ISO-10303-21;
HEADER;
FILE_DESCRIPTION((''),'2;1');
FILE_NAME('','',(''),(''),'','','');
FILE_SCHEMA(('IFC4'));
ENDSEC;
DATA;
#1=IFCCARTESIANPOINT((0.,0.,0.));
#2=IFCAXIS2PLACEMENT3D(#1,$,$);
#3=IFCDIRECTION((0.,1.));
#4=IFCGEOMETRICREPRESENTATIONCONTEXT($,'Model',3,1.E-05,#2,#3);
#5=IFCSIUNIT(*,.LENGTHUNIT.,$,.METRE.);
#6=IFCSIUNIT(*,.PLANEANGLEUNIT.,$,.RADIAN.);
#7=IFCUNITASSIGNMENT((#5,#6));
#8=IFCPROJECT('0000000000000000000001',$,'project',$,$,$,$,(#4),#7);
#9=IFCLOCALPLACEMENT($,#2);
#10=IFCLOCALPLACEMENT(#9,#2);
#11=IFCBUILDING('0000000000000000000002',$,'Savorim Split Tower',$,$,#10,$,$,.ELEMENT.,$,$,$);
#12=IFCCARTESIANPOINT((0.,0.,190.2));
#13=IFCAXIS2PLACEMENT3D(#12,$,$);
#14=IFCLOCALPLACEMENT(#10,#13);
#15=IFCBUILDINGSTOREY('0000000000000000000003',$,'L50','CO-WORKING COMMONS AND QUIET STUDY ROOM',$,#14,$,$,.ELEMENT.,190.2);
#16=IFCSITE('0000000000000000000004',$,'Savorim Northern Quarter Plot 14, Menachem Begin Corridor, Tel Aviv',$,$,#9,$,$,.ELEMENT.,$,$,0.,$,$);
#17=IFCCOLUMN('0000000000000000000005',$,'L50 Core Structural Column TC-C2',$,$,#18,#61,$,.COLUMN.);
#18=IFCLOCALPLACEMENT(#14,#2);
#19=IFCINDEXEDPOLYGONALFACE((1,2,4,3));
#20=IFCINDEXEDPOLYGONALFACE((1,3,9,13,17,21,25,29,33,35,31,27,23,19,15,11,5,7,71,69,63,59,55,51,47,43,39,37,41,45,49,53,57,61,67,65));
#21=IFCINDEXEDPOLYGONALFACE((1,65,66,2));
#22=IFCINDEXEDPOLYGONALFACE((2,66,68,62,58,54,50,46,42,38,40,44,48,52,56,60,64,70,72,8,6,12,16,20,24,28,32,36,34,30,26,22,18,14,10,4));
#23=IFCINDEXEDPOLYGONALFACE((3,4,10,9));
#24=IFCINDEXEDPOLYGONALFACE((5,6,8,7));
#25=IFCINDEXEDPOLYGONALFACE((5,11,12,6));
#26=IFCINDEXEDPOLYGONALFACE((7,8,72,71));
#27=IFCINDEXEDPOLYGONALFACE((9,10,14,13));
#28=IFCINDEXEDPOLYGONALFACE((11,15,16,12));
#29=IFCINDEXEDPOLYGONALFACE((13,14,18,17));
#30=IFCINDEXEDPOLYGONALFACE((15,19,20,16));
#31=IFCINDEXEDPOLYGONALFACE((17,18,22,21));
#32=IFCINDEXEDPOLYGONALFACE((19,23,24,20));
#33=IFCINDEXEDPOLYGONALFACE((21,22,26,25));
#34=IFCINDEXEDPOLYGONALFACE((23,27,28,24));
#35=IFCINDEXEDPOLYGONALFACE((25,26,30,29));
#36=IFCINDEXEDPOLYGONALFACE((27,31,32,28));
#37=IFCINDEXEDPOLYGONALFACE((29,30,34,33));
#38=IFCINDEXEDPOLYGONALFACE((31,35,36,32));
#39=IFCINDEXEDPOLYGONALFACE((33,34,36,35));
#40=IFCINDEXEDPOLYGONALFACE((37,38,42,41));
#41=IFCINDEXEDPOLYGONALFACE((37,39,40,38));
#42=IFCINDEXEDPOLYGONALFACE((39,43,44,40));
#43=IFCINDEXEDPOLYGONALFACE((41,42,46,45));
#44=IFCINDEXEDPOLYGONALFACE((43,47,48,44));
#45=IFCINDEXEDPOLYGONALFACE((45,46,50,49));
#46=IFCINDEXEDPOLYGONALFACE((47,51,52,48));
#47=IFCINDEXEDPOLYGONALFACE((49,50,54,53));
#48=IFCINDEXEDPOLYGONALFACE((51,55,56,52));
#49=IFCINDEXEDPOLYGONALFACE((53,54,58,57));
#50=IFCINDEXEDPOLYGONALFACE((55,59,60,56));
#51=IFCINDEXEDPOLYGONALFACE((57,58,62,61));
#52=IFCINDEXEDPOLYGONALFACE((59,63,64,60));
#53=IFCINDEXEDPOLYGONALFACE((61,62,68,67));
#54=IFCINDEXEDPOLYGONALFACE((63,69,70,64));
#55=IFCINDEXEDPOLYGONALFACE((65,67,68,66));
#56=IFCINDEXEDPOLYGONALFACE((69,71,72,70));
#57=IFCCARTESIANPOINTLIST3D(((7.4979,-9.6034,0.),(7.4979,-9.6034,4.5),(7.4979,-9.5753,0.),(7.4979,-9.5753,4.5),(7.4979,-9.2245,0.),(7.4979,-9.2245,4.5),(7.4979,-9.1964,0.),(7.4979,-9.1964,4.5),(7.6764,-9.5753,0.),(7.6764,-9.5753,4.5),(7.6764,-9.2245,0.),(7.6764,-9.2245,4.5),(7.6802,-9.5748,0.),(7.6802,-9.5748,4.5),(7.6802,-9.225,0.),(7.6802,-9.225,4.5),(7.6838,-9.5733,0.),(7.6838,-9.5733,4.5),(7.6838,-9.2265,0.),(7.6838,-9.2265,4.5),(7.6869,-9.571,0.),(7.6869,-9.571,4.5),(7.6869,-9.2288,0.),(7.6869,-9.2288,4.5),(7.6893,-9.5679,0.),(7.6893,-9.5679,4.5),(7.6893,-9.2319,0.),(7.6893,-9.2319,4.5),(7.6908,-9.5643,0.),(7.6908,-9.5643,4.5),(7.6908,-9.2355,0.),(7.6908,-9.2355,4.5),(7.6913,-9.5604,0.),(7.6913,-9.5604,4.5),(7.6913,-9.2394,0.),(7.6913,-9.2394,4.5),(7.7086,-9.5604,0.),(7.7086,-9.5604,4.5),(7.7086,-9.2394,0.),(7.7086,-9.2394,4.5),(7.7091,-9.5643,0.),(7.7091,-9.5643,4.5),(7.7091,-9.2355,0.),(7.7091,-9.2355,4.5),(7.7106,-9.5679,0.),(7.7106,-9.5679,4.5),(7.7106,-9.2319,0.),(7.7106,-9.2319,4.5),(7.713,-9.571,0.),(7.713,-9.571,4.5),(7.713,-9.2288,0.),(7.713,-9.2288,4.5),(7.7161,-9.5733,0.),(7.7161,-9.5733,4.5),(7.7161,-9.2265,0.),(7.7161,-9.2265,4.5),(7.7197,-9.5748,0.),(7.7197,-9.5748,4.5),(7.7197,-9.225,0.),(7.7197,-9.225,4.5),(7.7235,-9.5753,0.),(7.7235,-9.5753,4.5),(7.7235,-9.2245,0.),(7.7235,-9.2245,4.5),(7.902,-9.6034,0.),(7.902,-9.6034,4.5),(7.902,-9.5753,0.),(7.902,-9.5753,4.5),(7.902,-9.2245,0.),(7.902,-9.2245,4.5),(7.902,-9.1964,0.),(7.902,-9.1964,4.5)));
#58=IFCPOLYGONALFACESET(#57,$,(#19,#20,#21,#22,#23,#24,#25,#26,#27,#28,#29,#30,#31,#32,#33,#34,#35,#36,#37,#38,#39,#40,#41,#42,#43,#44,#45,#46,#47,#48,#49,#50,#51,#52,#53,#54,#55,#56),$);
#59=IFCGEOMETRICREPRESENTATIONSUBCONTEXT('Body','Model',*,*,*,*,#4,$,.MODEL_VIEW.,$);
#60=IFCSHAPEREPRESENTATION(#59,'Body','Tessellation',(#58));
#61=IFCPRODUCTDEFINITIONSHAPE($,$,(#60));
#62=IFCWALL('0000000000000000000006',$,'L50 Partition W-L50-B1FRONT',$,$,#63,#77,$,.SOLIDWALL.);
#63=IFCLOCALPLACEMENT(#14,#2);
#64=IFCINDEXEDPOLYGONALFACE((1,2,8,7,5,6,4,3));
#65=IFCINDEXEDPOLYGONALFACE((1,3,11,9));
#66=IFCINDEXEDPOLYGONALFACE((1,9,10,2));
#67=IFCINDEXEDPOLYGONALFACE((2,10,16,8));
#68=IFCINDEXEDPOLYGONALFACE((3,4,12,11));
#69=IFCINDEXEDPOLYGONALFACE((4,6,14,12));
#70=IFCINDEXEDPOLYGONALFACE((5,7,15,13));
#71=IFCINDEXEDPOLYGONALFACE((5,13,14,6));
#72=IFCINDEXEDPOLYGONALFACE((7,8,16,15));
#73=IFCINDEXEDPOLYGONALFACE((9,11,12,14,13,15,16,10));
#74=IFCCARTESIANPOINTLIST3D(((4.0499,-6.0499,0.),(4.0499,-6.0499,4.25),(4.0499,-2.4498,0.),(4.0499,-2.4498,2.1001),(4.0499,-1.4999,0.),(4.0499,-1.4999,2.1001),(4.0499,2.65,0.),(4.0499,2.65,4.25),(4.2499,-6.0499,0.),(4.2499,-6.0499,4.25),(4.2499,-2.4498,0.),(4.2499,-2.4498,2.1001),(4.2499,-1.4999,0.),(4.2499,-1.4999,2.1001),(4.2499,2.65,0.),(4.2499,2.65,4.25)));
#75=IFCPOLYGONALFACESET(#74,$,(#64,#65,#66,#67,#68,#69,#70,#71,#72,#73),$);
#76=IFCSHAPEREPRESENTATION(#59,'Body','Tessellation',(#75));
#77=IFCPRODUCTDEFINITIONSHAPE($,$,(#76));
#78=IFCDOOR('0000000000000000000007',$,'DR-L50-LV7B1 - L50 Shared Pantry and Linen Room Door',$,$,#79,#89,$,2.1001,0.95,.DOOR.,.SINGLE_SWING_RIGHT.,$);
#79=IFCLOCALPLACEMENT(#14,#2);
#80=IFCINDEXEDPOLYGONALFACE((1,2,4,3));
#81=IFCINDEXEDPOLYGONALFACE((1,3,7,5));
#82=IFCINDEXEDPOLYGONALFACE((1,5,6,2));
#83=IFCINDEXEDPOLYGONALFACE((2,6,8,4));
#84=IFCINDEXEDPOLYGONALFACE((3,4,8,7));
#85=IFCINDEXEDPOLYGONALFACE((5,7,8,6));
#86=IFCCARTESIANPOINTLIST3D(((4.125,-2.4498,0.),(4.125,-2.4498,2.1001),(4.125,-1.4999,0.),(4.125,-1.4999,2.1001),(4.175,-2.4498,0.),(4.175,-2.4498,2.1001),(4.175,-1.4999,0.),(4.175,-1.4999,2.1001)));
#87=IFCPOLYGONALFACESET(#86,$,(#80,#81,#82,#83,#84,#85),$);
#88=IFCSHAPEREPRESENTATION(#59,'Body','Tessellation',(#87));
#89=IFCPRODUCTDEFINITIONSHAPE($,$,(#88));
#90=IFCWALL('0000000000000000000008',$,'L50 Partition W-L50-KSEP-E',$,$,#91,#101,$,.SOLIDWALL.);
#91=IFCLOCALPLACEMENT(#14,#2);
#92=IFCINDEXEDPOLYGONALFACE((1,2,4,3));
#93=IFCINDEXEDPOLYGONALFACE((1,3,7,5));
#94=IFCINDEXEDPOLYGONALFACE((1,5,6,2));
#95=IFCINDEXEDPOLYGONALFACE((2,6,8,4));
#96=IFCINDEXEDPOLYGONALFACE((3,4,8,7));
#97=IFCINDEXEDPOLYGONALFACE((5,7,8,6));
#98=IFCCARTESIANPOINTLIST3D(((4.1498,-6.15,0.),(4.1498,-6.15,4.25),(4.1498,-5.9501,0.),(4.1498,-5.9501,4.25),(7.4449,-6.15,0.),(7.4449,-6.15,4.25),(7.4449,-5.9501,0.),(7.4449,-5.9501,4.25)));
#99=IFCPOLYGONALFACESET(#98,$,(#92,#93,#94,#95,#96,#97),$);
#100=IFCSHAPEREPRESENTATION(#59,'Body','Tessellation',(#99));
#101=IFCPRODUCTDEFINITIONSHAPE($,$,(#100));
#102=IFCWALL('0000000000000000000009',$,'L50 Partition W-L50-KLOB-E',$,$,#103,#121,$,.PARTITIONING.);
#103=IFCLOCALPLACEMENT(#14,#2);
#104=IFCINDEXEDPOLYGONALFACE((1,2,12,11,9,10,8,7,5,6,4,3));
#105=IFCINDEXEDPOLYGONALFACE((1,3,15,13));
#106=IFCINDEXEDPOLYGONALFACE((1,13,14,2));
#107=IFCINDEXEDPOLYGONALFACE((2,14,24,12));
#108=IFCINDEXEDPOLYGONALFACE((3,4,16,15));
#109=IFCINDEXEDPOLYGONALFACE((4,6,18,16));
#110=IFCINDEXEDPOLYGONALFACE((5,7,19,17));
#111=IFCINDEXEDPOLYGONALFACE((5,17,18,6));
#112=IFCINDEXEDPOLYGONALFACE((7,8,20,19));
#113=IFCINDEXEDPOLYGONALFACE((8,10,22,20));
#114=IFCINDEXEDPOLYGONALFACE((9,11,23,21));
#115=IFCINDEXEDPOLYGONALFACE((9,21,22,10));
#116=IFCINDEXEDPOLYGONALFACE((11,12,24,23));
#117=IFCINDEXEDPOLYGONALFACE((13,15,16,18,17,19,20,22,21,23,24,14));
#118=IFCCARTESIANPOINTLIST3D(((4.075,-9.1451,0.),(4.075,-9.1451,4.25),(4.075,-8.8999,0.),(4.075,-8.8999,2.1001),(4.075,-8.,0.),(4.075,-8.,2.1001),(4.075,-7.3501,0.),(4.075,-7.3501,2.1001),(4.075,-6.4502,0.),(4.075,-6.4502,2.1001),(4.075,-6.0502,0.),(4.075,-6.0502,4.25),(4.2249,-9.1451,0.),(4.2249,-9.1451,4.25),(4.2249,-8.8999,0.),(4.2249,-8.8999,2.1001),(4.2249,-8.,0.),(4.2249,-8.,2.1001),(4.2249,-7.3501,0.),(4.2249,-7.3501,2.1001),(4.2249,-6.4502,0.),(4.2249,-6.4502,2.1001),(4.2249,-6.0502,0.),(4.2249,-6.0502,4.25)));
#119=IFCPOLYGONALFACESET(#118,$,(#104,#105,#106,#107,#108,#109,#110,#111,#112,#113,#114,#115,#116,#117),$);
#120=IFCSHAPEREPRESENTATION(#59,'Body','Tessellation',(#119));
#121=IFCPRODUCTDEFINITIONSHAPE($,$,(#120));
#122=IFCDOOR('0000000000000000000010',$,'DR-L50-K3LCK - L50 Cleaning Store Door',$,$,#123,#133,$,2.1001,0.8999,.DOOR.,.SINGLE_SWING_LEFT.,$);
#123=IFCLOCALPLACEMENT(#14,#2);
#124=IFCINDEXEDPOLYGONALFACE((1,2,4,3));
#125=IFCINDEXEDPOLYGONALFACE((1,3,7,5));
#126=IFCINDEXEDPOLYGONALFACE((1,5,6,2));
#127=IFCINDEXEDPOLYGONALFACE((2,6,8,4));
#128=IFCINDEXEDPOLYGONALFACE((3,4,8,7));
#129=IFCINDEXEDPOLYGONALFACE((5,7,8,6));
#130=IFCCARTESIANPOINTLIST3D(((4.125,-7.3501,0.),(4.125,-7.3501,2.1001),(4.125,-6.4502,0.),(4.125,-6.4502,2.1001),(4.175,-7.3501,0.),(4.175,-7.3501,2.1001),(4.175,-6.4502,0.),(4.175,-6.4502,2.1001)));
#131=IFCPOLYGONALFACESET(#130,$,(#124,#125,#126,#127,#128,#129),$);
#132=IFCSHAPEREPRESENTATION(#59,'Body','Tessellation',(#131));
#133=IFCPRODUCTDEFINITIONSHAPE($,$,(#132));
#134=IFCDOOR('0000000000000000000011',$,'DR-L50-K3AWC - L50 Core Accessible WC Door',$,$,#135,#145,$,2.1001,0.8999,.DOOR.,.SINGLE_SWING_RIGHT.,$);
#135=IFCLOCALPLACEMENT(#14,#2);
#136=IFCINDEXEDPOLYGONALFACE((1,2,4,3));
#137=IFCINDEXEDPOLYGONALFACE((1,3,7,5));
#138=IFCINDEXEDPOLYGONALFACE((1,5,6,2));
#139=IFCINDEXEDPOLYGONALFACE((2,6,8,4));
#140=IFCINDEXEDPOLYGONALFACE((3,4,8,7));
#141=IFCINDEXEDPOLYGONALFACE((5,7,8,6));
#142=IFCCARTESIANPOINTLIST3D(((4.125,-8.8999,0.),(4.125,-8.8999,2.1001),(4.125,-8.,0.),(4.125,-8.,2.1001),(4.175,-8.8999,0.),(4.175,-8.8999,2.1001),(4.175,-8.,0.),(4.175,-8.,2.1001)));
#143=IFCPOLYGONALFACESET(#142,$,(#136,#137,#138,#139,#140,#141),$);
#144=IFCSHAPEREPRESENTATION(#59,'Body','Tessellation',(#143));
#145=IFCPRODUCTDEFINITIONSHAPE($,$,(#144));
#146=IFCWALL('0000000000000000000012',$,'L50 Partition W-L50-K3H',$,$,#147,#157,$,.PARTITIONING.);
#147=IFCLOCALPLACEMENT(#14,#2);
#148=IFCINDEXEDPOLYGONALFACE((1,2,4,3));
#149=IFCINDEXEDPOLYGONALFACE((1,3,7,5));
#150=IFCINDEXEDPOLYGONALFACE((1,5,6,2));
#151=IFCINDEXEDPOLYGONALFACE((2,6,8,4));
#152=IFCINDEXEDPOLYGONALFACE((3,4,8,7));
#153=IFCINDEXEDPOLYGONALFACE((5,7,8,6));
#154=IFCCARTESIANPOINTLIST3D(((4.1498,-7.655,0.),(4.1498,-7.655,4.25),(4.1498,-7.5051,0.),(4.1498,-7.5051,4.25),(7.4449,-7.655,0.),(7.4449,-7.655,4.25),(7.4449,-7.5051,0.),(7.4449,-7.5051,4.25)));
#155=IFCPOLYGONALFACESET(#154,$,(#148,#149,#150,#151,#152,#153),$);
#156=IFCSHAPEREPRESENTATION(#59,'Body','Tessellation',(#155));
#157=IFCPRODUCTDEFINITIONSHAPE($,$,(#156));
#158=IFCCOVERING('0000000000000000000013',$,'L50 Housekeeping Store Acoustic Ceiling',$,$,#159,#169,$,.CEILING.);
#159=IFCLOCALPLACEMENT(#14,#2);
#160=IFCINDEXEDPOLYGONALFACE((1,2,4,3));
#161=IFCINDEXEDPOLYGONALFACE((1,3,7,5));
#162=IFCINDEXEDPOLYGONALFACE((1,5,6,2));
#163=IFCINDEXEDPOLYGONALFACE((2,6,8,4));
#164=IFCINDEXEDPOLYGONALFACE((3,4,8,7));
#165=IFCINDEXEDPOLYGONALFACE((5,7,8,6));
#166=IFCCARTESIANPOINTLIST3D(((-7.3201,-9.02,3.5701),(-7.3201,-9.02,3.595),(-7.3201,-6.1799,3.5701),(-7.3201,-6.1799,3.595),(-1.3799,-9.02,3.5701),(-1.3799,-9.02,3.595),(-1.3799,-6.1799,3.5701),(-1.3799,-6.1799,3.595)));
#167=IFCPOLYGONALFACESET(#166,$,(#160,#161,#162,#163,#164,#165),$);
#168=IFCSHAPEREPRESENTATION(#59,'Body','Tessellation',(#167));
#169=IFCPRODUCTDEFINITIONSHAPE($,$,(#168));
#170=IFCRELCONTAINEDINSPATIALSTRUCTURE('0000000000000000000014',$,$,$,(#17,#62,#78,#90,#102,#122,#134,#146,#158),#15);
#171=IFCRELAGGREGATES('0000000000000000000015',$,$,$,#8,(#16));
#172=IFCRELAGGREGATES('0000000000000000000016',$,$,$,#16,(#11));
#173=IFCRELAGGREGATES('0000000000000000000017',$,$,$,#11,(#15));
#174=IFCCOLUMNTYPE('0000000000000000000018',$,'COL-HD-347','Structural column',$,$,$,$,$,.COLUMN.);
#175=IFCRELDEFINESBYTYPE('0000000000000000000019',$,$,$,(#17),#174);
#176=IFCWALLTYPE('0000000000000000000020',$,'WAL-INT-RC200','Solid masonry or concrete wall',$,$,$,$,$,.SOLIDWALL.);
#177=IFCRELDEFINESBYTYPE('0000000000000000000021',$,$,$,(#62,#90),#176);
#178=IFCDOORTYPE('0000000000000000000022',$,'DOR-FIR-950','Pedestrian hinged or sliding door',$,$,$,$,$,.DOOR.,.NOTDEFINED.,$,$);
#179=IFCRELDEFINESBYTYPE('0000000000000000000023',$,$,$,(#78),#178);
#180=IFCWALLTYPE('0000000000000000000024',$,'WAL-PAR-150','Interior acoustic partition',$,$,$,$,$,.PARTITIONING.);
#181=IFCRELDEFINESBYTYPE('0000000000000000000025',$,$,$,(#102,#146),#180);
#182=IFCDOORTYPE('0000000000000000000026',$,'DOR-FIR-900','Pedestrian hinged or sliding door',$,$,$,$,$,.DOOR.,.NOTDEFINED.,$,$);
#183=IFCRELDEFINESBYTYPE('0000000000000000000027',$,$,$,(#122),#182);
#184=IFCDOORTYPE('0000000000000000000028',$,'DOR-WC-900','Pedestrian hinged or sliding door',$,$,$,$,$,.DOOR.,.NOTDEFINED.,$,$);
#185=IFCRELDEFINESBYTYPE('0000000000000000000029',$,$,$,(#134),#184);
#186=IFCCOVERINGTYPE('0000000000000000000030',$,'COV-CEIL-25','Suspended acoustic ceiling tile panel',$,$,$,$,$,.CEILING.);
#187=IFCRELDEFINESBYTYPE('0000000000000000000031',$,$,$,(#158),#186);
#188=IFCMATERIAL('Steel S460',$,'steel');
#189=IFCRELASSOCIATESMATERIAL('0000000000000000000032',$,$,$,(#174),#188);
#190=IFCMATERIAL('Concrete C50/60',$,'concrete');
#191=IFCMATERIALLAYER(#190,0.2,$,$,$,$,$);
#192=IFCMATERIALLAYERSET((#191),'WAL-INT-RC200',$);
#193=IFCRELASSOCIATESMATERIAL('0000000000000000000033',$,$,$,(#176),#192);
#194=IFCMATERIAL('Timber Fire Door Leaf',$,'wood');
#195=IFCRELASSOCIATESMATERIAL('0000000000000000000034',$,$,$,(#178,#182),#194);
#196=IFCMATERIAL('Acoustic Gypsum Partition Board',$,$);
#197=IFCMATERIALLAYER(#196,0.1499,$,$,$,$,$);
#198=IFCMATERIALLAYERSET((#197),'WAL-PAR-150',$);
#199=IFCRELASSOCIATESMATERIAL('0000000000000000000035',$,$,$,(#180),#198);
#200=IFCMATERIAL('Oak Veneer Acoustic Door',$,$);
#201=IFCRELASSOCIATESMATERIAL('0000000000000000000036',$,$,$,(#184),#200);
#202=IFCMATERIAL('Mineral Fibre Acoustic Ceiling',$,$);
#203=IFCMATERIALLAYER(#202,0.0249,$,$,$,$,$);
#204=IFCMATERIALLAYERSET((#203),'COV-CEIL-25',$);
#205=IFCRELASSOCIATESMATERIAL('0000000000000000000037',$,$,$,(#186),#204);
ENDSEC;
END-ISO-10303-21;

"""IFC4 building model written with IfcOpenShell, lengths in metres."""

from ifc_helpers import new_model, si_unit, direction, frame, frame_2d, origin, origin_2d, place, context, subcontext, project, spatial, polyline, rectangle, i_section, outline, extrude, material, layer, layer_set, material_profile, profile_set, type_object, element, fill, save


model = new_model("IFC4")

# Units and contexts
model_context = context("Model", 3, precision=1e-05, world=origin(), true_north=direction((0.0, 1.0)))
body_context = subcontext(model_context, "Body", "Model", "MODEL_VIEW")
ifc_project = project(units=[si_unit("LENGTHUNIT", "METRE"), si_unit("PLANEANGLEUNIT", "RADIAN")], contexts=[model_context])

# Site, building, storey
site_placement = place(None, origin())
site = spatial("IfcSite", under=ifc_project, at=site_placement, Name="Savorim Northern Quarter Plot 14, Menachem Begin Corridor, Tel Aviv", CompositionType="ELEMENT", RefElevation=0.0)
building_placement = place(site_placement, origin())
building = spatial("IfcBuilding", under=site, at=building_placement, Name="Savorim Split Tower", CompositionType="ELEMENT")
storey_placement = place(building_placement, frame((0.0, 0.0, 190.2)))
storey = spatial("IfcBuildingStorey", under=building, at=storey_placement, Name="L50", Description="CO-WORKING COMMONS AND QUIET STUDY ROOM", CompositionType="ELEMENT", Elevation=190.2)

# Column
ifc_material_1 = material(Name="Steel S460", Category="steel")
ifc_material_profile = material_profile(ifc_material_1, i_section(OverallWidth=0.4041, OverallDepth=0.407, WebThickness=0.0173, FlangeThickness=0.0281, FilletRadius=0.0149, at=origin_2d()), Name="HD 400x347")
ifc_profile_set = profile_set([ifc_material_profile], Name="Steel S460")
column_type = type_object("IfcColumnType", Name="COL-HD-347", Description="Structural column", PredefinedType="COLUMN", material=ifc_profile_set)
column_placement = place(storey_placement, frame((7.7, -9.3999, 0.0), z_axis=(0.0, 0.0, 1.0), x_axis=(1.0, 0.0, 0.0)))
element("IfcColumn", 1, at=column_placement, inside=storey, type_object=column_type, Name="L50 Core Structural Column TC-C2", PredefinedType="COLUMN", context=body_context, shape_type="SweptSolid", body=[
    extrude(i_section(OverallWidth=0.4041, OverallDepth=0.407, WebThickness=0.0173, FlangeThickness=0.0281, FilletRadius=0.0149, at=origin_2d()), origin(), (0.0, 0.0, 1.0), 4.5),
])

# Wall, opening, door
ifc_material_2 = material(Name="Concrete C50/60", Category="concrete")
ifc_layer_1 = layer(ifc_material_2, 0.2)
ifc_layer_set_1 = layer_set([ifc_layer_1], Name="WAL-INT-RC200")
wall_type_1 = type_object("IfcWallType", Name="WAL-INT-RC200", Description="Solid masonry or concrete wall", PredefinedType="SOLIDWALL", material=ifc_layer_set_1)
wall_1_placement = place(storey_placement, frame((4.1499, -6.05, 0.0), z_axis=(0.0, 0.0, 1.0), x_axis=(0.0, 1.0, 0.0)))
wall_1 = element("IfcWall", 2, at=wall_1_placement, inside=storey, type_object=wall_type_1, Name="L50 Partition W-L50-B1FRONT", PredefinedType="SOLIDWALL", context=body_context, shape_type="SweptSolid", body=[
    extrude(rectangle(XDim=8.7, YDim=0.2, at=frame_2d((4.3501, 0.0))), origin(), (0.0, 0.0, 1.0), 4.25),
])
opening_1_placement = place(wall_1_placement, frame((3.6001, 0.0, 0.0)))
opening_1 = element("IfcOpeningElement", 3, at=opening_1_placement, cuts=wall_1, PredefinedType="OPENING", context=body_context, shape_type="SweptSolid", body=[
    extrude(rectangle(XDim=0.95, YDim=2.1001, at=frame_2d((0.4751, 1.05))), frame((0.0, 0.1099, 0.0), z_axis=(0.0, -1.0, 0.0), x_axis=(1.0, 0.0, 0.0)), (0.0, 0.0, 1.0), 0.22),
])
ifc_material_3 = material(Name="Timber Fire Door Leaf", Category="wood")
door_type_1 = type_object("IfcDoorType", Name="DOR-FIR-950", Description="Pedestrian hinged or sliding door", OperationType="NOTDEFINED", PredefinedType="DOOR", material=ifc_material_3)
door_1_placement = place(opening_1_placement, origin())
door_1 = element("IfcDoor", 4, at=door_1_placement, inside=storey, type_object=door_type_1, Name="DR-L50-LV7B1 - L50 Shared Pantry and Linen Room Door", OperationType="SINGLE_SWING_RIGHT", OverallHeight=2.1001, OverallWidth=0.95, PredefinedType="DOOR", context=body_context, shape_type="SweptSolid", body=[
    extrude(rectangle(XDim=0.95, YDim=2.1001, at=frame_2d((0.4751, 1.05))), frame((0.0, 0.0249, 0.0), z_axis=(0.0, -1.0, 0.0), x_axis=(1.0, 0.0, 0.0)), (0.0, 0.0, 1.0), 0.05),
])
fill(opening_1, door_1)

# Wall
wall_2_placement = place(storey_placement, frame((4.1499, -6.05, 0.0), z_axis=(0.0, 0.0, 1.0), x_axis=(1.0, 0.0, 0.0)))
element("IfcWall", 5, at=wall_2_placement, inside=storey, type_object=wall_type_1, Name="L50 Partition W-L50-KSEP-E", PredefinedType="SOLIDWALL", context=body_context, shape_type="SweptSolid", body=[
    extrude(rectangle(XDim=3.2952, YDim=0.2, at=frame_2d((1.6475, 0.0))), origin(), (0.0, 0.0, 1.0), 4.25),
])

# Wall, openings, doors
ifc_material_4 = material(Name="Acoustic Gypsum Partition Board")
ifc_layer_2 = layer(ifc_material_4, 0.1499)
ifc_layer_set_2 = layer_set([ifc_layer_2], Name="WAL-PAR-150")
wall_type_2 = type_object("IfcWallType", Name="WAL-PAR-150", Description="Interior acoustic partition", PredefinedType="PARTITIONING", material=ifc_layer_set_2)
wall_3_placement = place(storey_placement, frame((4.1499, -9.145, 0.0), z_axis=(0.0, 0.0, 1.0), x_axis=(0.0, 1.0, 0.0)))
wall_3 = element("IfcWall", 6, at=wall_3_placement, inside=storey, type_object=wall_type_2, Name="L50 Partition W-L50-KLOB-E", PredefinedType="PARTITIONING", context=body_context, shape_type="SweptSolid", body=[
    extrude(rectangle(XDim=3.095, YDim=0.1499, at=frame_2d((1.5474, 0.0))), origin(), (0.0, 0.0, 1.0), 4.25),
])
opening_2_placement = place(wall_3_placement, frame((0.2451, 0.0, 0.0)))
opening_2 = element("IfcOpeningElement", 7, at=opening_2_placement, cuts=wall_3, PredefinedType="OPENING", context=body_context, shape_type="SweptSolid", body=[
    extrude(rectangle(XDim=0.8999, YDim=2.1001, at=frame_2d((0.45, 1.05))), frame((0.0, 0.085, 0.0), z_axis=(0.0, -1.0, 0.0), x_axis=(1.0, 0.0, 0.0)), (0.0, 0.0, 1.0), 0.1699),
])
opening_3_placement = place(wall_3_placement, frame((1.7949, 0.0, 0.0)))
opening_3 = element("IfcOpeningElement", 8, at=opening_3_placement, cuts=wall_3, PredefinedType="OPENING", context=body_context, shape_type="SweptSolid", body=[
    extrude(rectangle(XDim=0.8999, YDim=2.1001, at=frame_2d((0.45, 1.05))), frame((0.0, 0.085, 0.0), z_axis=(0.0, -1.0, 0.0), x_axis=(1.0, 0.0, 0.0)), (0.0, 0.0, 1.0), 0.1699),
])
door_type_2 = type_object("IfcDoorType", Name="DOR-FIR-900", Description="Pedestrian hinged or sliding door", OperationType="NOTDEFINED", PredefinedType="DOOR", material=ifc_material_3)
door_2_placement = place(opening_3_placement, origin())
door_2 = element("IfcDoor", 9, at=door_2_placement, inside=storey, type_object=door_type_2, Name="DR-L50-K3LCK - L50 Cleaning Store Door", OperationType="SINGLE_SWING_LEFT", OverallHeight=2.1001, OverallWidth=0.8999, PredefinedType="DOOR", context=body_context, shape_type="SweptSolid", body=[
    extrude(rectangle(XDim=0.8999, YDim=2.1001, at=frame_2d((0.45, 1.05))), frame((0.0, 0.0249, 0.0), z_axis=(0.0, -1.0, 0.0), x_axis=(1.0, 0.0, 0.0)), (0.0, 0.0, 1.0), 0.05),
])
fill(opening_3, door_2)
ifc_material_5 = material(Name="Oak Veneer Acoustic Door")
door_type_3 = type_object("IfcDoorType", Name="DOR-WC-900", Description="Pedestrian hinged or sliding door", OperationType="NOTDEFINED", PredefinedType="DOOR", material=ifc_material_5)
door_3_placement = place(opening_2_placement, origin())
door_3 = element("IfcDoor", 10, at=door_3_placement, inside=storey, type_object=door_type_3, Name="DR-L50-K3AWC - L50 Core Accessible WC Door", OperationType="SINGLE_SWING_RIGHT", OverallHeight=2.1001, OverallWidth=0.8999, PredefinedType="DOOR", context=body_context, shape_type="SweptSolid", body=[
    extrude(rectangle(XDim=0.8999, YDim=2.1001, at=frame_2d((0.45, 1.05))), frame((0.0, 0.0249, 0.0), z_axis=(0.0, -1.0, 0.0), x_axis=(1.0, 0.0, 0.0)), (0.0, 0.0, 1.0), 0.05),
])
fill(opening_2, door_3)

# Wall
wall_4_placement = place(storey_placement, frame((4.1499, -7.5801, 0.0), z_axis=(0.0, 0.0, 1.0), x_axis=(1.0, 0.0, 0.0)))
element("IfcWall", 11, at=wall_4_placement, inside=storey, type_object=wall_type_2, Name="L50 Partition W-L50-K3H", PredefinedType="PARTITIONING", context=body_context, shape_type="SweptSolid", body=[
    extrude(rectangle(XDim=3.2952, YDim=0.1499, at=frame_2d((1.6475, 0.0))), origin(), (0.0, 0.0, 1.0), 4.25),
])

# Covering
ifc_material_6 = material(Name="Mineral Fibre Acoustic Ceiling")
ifc_layer_3 = layer(ifc_material_6, 0.0249)
ifc_layer_set_3 = layer_set([ifc_layer_3], Name="COV-CEIL-25")
covering_type_1 = type_object("IfcCoveringType", Name="COV-CEIL-25", Description="Suspended acoustic ceiling tile panel", PredefinedType="CEILING", material=ifc_layer_set_3)
covering_1_placement = place(storey_placement, frame((0.0, 0.0, 3.5701)))
element("IfcCovering", 12, at=covering_1_placement, inside=storey, type_object=covering_type_1, Name="L50 Housekeeping Store Acoustic Ceiling", PredefinedType="CEILING", context=body_context, shape_type="SweptSolid", body=[
    extrude(outline(polyline([(-7.3201, -6.1799), (-7.3201, -9.02), (-1.3799, -9.02), (-1.3799, -6.1799), (-7.3201, -6.1799)])), origin(), (0.0, 0.0, 1.0), 0.0249),
])

save(model, "model.ifc")
